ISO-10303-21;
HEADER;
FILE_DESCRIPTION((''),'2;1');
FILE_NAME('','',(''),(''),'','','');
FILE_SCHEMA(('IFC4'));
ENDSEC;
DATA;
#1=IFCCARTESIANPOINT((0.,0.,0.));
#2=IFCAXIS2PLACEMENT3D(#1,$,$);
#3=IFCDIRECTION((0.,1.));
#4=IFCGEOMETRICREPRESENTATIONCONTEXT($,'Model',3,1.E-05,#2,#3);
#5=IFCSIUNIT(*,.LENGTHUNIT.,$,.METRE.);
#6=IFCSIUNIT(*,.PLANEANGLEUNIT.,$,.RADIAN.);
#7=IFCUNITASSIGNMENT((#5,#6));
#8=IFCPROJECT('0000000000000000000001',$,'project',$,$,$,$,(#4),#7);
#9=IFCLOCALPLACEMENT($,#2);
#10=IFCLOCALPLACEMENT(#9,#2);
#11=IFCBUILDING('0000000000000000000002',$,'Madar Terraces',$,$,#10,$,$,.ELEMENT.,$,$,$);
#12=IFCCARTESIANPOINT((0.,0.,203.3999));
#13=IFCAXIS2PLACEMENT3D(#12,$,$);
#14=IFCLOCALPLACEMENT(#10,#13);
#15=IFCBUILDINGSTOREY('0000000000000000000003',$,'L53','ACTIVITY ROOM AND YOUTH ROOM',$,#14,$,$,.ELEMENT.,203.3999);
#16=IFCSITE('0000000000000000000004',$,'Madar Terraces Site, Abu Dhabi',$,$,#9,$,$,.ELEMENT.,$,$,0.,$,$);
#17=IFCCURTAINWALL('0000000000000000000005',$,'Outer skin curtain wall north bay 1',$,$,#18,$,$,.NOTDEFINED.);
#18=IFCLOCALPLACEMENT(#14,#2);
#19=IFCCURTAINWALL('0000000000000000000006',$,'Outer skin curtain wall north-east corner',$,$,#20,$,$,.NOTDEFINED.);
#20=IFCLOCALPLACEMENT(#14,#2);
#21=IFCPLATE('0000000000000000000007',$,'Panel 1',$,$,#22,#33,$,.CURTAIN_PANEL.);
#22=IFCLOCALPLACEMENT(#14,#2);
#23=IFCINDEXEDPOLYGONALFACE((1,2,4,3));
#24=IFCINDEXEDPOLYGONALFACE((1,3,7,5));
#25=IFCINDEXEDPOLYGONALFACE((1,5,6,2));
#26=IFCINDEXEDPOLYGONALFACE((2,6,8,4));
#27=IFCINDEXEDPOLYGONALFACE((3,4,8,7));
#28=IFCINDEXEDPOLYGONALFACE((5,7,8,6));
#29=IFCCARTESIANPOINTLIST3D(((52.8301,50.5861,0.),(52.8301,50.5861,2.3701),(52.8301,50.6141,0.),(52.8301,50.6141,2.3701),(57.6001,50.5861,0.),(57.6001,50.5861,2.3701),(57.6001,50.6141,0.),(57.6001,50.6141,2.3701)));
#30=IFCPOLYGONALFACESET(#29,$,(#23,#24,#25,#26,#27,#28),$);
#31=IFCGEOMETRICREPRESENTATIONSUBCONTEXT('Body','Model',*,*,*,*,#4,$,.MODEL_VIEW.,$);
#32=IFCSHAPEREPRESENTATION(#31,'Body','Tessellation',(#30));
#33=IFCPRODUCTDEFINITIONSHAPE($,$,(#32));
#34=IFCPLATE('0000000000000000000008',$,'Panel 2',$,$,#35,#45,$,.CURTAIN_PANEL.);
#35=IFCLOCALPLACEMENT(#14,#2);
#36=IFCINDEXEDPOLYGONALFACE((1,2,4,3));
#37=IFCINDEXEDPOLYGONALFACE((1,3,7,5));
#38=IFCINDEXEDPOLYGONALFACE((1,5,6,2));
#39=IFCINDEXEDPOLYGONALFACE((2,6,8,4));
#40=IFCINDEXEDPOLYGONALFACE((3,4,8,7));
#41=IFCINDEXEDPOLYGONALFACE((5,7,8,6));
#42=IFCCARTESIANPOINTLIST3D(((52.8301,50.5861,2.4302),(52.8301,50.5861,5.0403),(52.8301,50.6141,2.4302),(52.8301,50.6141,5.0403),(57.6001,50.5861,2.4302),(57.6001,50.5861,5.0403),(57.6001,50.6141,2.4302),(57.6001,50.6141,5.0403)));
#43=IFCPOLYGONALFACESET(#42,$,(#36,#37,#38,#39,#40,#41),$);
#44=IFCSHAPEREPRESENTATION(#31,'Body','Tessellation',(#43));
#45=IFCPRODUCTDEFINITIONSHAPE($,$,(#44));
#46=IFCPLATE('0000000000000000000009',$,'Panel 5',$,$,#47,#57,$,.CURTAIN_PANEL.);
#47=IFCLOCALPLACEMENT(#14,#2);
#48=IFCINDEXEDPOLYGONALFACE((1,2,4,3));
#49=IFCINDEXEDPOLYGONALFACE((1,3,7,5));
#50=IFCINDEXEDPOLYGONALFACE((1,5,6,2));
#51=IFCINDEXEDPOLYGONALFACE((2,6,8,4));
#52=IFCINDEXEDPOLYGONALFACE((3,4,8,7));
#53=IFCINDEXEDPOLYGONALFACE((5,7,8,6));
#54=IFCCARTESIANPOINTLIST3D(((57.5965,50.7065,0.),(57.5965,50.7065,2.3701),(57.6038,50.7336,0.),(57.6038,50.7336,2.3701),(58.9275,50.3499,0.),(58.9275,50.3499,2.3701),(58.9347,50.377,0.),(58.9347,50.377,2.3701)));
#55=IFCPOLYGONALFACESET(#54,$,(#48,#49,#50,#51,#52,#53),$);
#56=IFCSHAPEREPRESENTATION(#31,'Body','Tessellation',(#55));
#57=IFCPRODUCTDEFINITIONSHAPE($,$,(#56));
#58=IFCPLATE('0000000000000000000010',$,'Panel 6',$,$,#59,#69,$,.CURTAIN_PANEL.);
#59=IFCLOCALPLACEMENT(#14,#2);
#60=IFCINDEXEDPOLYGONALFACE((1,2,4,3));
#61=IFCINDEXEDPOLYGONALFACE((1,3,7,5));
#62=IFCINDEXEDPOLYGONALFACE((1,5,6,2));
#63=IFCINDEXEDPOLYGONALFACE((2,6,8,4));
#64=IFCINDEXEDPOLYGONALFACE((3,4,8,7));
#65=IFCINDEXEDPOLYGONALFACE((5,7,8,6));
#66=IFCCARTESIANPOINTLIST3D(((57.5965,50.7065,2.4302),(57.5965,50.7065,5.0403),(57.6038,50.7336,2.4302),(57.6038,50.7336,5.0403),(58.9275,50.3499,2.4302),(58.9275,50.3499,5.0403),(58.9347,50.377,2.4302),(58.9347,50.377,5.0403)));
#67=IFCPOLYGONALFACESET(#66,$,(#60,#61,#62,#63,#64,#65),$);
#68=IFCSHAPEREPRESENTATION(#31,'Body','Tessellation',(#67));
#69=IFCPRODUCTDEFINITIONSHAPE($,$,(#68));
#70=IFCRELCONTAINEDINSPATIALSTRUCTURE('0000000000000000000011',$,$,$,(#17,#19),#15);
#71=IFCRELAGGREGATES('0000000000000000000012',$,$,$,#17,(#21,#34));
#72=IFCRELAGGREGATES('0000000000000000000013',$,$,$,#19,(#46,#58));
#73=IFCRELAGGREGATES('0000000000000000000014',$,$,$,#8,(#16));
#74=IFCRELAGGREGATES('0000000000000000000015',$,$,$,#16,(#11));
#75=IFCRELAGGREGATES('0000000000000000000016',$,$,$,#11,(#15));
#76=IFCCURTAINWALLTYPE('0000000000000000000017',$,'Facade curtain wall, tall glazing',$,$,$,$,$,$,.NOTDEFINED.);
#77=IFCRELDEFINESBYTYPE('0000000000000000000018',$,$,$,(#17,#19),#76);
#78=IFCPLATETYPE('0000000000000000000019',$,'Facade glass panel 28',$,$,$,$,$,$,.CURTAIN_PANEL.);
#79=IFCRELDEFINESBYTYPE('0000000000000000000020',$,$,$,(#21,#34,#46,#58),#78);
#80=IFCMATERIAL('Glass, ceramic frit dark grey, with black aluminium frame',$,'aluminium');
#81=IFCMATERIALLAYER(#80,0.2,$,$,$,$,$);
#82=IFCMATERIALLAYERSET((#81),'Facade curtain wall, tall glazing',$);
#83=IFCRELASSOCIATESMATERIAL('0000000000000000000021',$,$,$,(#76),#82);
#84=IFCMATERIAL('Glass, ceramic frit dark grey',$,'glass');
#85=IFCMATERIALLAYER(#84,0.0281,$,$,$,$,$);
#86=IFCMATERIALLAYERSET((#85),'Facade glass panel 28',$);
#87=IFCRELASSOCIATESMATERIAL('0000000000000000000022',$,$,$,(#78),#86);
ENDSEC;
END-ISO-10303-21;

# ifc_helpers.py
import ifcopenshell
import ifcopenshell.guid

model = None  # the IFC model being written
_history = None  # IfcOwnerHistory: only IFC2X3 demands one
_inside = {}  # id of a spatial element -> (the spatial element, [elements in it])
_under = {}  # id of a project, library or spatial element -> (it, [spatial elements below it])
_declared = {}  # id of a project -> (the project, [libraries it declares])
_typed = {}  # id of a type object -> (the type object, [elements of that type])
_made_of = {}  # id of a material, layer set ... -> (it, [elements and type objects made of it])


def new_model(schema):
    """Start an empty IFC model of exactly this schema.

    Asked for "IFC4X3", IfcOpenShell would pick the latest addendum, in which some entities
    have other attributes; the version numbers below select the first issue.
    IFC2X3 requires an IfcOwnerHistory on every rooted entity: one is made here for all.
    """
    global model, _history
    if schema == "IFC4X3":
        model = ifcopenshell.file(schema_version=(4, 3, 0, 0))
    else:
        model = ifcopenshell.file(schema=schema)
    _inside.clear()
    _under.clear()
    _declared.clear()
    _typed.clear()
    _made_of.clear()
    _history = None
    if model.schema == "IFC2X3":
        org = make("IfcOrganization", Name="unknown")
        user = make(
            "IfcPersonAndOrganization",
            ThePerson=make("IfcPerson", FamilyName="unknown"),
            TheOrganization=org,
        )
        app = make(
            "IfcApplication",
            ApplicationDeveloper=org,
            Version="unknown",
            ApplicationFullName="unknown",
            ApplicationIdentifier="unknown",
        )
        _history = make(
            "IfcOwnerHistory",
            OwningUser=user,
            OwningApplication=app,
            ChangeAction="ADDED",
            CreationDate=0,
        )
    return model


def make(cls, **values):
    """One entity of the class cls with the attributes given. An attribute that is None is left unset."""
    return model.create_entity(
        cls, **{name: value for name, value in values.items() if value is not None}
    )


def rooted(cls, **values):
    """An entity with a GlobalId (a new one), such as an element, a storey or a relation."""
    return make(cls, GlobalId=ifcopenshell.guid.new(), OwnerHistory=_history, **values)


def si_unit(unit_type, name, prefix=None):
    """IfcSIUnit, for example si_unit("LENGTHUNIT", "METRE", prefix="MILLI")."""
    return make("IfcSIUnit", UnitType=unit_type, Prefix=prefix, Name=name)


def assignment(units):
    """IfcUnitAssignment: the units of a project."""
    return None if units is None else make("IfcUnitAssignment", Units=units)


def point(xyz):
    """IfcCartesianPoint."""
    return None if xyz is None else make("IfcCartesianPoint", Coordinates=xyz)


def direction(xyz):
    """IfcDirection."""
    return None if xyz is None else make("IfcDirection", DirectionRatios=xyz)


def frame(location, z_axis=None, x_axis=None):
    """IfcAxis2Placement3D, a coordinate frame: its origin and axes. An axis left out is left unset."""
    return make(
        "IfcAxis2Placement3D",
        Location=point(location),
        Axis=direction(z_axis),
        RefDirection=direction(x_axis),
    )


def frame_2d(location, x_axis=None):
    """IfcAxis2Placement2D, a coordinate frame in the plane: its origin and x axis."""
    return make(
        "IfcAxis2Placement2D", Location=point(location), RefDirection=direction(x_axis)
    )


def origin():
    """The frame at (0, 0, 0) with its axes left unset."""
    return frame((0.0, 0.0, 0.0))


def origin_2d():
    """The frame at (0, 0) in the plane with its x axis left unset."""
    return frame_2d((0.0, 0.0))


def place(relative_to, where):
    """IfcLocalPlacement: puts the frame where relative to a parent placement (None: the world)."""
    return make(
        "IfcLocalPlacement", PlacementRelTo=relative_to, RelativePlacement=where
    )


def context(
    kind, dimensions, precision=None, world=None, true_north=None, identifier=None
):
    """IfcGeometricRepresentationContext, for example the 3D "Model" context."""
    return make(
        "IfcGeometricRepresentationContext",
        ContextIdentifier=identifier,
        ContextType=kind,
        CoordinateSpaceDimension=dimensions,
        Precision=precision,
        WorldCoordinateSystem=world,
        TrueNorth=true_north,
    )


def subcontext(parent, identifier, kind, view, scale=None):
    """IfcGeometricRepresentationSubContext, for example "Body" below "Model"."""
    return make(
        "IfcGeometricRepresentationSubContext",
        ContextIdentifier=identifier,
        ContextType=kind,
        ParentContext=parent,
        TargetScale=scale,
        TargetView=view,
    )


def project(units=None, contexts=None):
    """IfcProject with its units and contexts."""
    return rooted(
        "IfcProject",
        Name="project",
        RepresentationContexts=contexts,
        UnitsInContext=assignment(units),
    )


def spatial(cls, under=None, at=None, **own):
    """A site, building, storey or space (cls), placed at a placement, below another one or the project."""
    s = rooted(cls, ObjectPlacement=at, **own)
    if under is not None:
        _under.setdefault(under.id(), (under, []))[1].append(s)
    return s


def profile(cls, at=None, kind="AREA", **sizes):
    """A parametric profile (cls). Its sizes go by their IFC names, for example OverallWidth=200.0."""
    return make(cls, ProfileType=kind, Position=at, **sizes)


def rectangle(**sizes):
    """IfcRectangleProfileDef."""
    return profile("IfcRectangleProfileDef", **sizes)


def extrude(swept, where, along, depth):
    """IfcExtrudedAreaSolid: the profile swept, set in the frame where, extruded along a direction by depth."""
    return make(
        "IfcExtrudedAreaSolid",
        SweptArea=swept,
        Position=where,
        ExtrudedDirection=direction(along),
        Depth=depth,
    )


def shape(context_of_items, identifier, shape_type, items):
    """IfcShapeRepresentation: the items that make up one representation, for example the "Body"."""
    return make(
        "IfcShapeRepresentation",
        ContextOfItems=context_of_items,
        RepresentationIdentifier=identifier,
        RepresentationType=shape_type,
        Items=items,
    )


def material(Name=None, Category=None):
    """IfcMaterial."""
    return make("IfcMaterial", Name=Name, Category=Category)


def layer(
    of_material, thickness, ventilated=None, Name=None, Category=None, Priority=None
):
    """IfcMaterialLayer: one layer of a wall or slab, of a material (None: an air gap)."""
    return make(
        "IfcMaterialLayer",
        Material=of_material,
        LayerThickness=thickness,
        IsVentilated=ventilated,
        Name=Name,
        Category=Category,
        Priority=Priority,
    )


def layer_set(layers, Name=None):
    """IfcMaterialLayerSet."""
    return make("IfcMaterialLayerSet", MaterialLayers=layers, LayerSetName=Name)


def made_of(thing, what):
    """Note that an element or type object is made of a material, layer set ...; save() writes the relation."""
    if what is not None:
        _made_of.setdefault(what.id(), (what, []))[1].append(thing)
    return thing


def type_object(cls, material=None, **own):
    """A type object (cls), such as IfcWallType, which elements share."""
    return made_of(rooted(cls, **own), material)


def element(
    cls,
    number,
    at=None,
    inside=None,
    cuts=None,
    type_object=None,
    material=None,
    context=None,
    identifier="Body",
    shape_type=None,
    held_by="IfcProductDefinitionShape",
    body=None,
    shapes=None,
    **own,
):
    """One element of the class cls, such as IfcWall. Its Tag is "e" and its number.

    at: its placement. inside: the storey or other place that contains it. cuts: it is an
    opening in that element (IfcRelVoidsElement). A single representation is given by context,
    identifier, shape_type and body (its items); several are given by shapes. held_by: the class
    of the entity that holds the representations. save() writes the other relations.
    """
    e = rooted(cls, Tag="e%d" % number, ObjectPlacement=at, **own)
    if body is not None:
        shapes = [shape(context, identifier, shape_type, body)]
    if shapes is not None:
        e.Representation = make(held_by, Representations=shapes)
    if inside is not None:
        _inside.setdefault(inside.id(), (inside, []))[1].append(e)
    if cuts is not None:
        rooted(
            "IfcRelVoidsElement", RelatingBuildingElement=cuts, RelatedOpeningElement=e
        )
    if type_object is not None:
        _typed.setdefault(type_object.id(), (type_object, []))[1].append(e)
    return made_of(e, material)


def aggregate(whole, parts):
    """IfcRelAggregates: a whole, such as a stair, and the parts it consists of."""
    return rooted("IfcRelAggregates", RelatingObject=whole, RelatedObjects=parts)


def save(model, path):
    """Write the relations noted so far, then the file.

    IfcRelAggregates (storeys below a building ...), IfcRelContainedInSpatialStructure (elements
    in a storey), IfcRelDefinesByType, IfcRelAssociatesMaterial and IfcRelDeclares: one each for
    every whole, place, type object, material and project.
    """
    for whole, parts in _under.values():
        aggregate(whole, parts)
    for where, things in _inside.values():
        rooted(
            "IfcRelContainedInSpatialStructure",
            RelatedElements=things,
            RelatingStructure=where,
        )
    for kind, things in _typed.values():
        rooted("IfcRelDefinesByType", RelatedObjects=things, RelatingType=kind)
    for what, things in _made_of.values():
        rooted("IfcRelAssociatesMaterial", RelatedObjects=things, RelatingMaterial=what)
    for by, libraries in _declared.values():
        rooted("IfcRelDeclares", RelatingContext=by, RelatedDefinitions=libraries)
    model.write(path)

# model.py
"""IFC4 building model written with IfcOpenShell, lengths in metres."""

from ifc_helpers import new_model, si_unit, direction, frame, origin, origin_2d, place, context, subcontext, project, spatial, rectangle, extrude, material, layer, layer_set, type_object, element, aggregate, save


model = new_model("IFC4")

# Units and contexts
model_context = context("Model", 3, precision=1e-05, world=origin(), true_north=direction((0.0, 1.0)))
body_context = subcontext(model_context, "Body", "Model", "MODEL_VIEW")
ifc_project = project(units=[si_unit("LENGTHUNIT", "METRE"), si_unit("PLANEANGLEUNIT", "RADIAN")], contexts=[model_context])

# Site, building, storey
site_placement = place(None, origin())
site = spatial("IfcSite", under=ifc_project, at=site_placement, Name="Madar Terraces Site, Abu Dhabi", CompositionType="ELEMENT", RefElevation=0.0)
building_placement = place(site_placement, origin())
building = spatial("IfcBuilding", under=site, at=building_placement, Name="Madar Terraces", CompositionType="ELEMENT")
storey_placement = place(building_placement, frame((0.0, 0.0, 203.3999)))
storey = spatial("IfcBuildingStorey", under=building, at=storey_placement, Name="L53", Description="ACTIVITY ROOM AND YOUTH ROOM", CompositionType="ELEMENT", Elevation=203.3999)

# Curtain walls
ifc_material_1 = material(Name="Glass, ceramic frit dark grey, with black aluminium frame", Category="aluminium")
ifc_layer_1 = layer(ifc_material_1, 0.2)
ifc_layer_set_1 = layer_set([ifc_layer_1], Name="Facade curtain wall, tall glazing")
curtain_wall_type = type_object("IfcCurtainWallType", Name="Facade curtain wall, tall glazing", PredefinedType="NOTDEFINED", material=ifc_layer_set_1)
curtain_wall_1_placement = place(storey_placement, origin())
curtain_wall_1 = element("IfcCurtainWall", 1, at=curtain_wall_1_placement, inside=storey, type_object=curtain_wall_type, Name="Outer skin curtain wall north bay 1", PredefinedType="NOTDEFINED")
curtain_wall_2_placement = place(storey_placement, origin())
curtain_wall_2 = element("IfcCurtainWall", 2, at=curtain_wall_2_placement, inside=storey, type_object=curtain_wall_type, Name="Outer skin curtain wall north-east corner", PredefinedType="NOTDEFINED")

# Plates
ifc_material_2 = material(Name="Glass, ceramic frit dark grey", Category="glass")
ifc_layer_2 = layer(ifc_material_2, 0.0281)
ifc_layer_set_2 = layer_set([ifc_layer_2], Name="Facade glass panel 28")
plate_type = type_object("IfcPlateType", Name="Facade glass panel 28", PredefinedType="CURTAIN_PANEL", material=ifc_layer_set_2)
plate_1_placement = place(storey_placement, frame((55.2151, 50.6001, 0.0), z_axis=(0.0, 0.0, 1.0), x_axis=(-1.0, 0.0, 0.0)))
plate_1 = element("IfcPlate", 3, at=plate_1_placement, type_object=plate_type, Name="Panel 1", PredefinedType="CURTAIN_PANEL", context=body_context, shape_type="SweptSolid", body=[
    extrude(rectangle(XDim=4.77, YDim=0.0281, at=origin_2d()), origin(), (0.0, 0.0, 1.0), 2.3701),
])
plate_2_placement = place(storey_placement, frame((55.2151, 50.6001, 2.4302), z_axis=(0.0, 0.0, 1.0), x_axis=(-1.0, 0.0, 0.0)))
plate_2 = element("IfcPlate", 4, at=plate_2_placement, type_object=plate_type, Name="Panel 2", PredefinedType="CURTAIN_PANEL", context=body_context, shape_type="SweptSolid", body=[
    extrude(rectangle(XDim=4.77, YDim=0.0281, at=origin_2d()), origin(), (0.0, 0.0, 1.0), 2.6101),
])
aggregate(curtain_wall_1, [plate_1, plate_2])
plate_3_placement = place(storey_placement, frame((58.2656, 50.5417, 0.0), z_axis=(0.0, 0.0, 1.0), x_axis=(-0.965926, 0.258819, 0.0)))
plate_3 = element("IfcPlate", 5, at=plate_3_placement, type_object=plate_type, Name="Panel 5", PredefinedType="CURTAIN_PANEL", context=body_context, shape_type="SweptSolid", body=[
    extrude(rectangle(XDim=1.3779, YDim=0.0281, at=origin_2d()), origin(), (0.0, 0.0, 1.0), 2.3701),
])
plate_4_placement = place(storey_placement, frame((58.2656, 50.5417, 2.4302), z_axis=(0.0, 0.0, 1.0), x_axis=(-0.965926, 0.258819, 0.0)))
plate_4 = element("IfcPlate", 6, at=plate_4_placement, type_object=plate_type, Name="Panel 6", PredefinedType="CURTAIN_PANEL", context=body_context, shape_type="SweptSolid", body=[
    extrude(rectangle(XDim=1.3779, YDim=0.0281, at=origin_2d()), origin(), (0.0, 0.0, 1.0), 2.6101),
])
aggregate(curtain_wall_2, [plate_3, plate_4])

save(model, "model.ifc")
